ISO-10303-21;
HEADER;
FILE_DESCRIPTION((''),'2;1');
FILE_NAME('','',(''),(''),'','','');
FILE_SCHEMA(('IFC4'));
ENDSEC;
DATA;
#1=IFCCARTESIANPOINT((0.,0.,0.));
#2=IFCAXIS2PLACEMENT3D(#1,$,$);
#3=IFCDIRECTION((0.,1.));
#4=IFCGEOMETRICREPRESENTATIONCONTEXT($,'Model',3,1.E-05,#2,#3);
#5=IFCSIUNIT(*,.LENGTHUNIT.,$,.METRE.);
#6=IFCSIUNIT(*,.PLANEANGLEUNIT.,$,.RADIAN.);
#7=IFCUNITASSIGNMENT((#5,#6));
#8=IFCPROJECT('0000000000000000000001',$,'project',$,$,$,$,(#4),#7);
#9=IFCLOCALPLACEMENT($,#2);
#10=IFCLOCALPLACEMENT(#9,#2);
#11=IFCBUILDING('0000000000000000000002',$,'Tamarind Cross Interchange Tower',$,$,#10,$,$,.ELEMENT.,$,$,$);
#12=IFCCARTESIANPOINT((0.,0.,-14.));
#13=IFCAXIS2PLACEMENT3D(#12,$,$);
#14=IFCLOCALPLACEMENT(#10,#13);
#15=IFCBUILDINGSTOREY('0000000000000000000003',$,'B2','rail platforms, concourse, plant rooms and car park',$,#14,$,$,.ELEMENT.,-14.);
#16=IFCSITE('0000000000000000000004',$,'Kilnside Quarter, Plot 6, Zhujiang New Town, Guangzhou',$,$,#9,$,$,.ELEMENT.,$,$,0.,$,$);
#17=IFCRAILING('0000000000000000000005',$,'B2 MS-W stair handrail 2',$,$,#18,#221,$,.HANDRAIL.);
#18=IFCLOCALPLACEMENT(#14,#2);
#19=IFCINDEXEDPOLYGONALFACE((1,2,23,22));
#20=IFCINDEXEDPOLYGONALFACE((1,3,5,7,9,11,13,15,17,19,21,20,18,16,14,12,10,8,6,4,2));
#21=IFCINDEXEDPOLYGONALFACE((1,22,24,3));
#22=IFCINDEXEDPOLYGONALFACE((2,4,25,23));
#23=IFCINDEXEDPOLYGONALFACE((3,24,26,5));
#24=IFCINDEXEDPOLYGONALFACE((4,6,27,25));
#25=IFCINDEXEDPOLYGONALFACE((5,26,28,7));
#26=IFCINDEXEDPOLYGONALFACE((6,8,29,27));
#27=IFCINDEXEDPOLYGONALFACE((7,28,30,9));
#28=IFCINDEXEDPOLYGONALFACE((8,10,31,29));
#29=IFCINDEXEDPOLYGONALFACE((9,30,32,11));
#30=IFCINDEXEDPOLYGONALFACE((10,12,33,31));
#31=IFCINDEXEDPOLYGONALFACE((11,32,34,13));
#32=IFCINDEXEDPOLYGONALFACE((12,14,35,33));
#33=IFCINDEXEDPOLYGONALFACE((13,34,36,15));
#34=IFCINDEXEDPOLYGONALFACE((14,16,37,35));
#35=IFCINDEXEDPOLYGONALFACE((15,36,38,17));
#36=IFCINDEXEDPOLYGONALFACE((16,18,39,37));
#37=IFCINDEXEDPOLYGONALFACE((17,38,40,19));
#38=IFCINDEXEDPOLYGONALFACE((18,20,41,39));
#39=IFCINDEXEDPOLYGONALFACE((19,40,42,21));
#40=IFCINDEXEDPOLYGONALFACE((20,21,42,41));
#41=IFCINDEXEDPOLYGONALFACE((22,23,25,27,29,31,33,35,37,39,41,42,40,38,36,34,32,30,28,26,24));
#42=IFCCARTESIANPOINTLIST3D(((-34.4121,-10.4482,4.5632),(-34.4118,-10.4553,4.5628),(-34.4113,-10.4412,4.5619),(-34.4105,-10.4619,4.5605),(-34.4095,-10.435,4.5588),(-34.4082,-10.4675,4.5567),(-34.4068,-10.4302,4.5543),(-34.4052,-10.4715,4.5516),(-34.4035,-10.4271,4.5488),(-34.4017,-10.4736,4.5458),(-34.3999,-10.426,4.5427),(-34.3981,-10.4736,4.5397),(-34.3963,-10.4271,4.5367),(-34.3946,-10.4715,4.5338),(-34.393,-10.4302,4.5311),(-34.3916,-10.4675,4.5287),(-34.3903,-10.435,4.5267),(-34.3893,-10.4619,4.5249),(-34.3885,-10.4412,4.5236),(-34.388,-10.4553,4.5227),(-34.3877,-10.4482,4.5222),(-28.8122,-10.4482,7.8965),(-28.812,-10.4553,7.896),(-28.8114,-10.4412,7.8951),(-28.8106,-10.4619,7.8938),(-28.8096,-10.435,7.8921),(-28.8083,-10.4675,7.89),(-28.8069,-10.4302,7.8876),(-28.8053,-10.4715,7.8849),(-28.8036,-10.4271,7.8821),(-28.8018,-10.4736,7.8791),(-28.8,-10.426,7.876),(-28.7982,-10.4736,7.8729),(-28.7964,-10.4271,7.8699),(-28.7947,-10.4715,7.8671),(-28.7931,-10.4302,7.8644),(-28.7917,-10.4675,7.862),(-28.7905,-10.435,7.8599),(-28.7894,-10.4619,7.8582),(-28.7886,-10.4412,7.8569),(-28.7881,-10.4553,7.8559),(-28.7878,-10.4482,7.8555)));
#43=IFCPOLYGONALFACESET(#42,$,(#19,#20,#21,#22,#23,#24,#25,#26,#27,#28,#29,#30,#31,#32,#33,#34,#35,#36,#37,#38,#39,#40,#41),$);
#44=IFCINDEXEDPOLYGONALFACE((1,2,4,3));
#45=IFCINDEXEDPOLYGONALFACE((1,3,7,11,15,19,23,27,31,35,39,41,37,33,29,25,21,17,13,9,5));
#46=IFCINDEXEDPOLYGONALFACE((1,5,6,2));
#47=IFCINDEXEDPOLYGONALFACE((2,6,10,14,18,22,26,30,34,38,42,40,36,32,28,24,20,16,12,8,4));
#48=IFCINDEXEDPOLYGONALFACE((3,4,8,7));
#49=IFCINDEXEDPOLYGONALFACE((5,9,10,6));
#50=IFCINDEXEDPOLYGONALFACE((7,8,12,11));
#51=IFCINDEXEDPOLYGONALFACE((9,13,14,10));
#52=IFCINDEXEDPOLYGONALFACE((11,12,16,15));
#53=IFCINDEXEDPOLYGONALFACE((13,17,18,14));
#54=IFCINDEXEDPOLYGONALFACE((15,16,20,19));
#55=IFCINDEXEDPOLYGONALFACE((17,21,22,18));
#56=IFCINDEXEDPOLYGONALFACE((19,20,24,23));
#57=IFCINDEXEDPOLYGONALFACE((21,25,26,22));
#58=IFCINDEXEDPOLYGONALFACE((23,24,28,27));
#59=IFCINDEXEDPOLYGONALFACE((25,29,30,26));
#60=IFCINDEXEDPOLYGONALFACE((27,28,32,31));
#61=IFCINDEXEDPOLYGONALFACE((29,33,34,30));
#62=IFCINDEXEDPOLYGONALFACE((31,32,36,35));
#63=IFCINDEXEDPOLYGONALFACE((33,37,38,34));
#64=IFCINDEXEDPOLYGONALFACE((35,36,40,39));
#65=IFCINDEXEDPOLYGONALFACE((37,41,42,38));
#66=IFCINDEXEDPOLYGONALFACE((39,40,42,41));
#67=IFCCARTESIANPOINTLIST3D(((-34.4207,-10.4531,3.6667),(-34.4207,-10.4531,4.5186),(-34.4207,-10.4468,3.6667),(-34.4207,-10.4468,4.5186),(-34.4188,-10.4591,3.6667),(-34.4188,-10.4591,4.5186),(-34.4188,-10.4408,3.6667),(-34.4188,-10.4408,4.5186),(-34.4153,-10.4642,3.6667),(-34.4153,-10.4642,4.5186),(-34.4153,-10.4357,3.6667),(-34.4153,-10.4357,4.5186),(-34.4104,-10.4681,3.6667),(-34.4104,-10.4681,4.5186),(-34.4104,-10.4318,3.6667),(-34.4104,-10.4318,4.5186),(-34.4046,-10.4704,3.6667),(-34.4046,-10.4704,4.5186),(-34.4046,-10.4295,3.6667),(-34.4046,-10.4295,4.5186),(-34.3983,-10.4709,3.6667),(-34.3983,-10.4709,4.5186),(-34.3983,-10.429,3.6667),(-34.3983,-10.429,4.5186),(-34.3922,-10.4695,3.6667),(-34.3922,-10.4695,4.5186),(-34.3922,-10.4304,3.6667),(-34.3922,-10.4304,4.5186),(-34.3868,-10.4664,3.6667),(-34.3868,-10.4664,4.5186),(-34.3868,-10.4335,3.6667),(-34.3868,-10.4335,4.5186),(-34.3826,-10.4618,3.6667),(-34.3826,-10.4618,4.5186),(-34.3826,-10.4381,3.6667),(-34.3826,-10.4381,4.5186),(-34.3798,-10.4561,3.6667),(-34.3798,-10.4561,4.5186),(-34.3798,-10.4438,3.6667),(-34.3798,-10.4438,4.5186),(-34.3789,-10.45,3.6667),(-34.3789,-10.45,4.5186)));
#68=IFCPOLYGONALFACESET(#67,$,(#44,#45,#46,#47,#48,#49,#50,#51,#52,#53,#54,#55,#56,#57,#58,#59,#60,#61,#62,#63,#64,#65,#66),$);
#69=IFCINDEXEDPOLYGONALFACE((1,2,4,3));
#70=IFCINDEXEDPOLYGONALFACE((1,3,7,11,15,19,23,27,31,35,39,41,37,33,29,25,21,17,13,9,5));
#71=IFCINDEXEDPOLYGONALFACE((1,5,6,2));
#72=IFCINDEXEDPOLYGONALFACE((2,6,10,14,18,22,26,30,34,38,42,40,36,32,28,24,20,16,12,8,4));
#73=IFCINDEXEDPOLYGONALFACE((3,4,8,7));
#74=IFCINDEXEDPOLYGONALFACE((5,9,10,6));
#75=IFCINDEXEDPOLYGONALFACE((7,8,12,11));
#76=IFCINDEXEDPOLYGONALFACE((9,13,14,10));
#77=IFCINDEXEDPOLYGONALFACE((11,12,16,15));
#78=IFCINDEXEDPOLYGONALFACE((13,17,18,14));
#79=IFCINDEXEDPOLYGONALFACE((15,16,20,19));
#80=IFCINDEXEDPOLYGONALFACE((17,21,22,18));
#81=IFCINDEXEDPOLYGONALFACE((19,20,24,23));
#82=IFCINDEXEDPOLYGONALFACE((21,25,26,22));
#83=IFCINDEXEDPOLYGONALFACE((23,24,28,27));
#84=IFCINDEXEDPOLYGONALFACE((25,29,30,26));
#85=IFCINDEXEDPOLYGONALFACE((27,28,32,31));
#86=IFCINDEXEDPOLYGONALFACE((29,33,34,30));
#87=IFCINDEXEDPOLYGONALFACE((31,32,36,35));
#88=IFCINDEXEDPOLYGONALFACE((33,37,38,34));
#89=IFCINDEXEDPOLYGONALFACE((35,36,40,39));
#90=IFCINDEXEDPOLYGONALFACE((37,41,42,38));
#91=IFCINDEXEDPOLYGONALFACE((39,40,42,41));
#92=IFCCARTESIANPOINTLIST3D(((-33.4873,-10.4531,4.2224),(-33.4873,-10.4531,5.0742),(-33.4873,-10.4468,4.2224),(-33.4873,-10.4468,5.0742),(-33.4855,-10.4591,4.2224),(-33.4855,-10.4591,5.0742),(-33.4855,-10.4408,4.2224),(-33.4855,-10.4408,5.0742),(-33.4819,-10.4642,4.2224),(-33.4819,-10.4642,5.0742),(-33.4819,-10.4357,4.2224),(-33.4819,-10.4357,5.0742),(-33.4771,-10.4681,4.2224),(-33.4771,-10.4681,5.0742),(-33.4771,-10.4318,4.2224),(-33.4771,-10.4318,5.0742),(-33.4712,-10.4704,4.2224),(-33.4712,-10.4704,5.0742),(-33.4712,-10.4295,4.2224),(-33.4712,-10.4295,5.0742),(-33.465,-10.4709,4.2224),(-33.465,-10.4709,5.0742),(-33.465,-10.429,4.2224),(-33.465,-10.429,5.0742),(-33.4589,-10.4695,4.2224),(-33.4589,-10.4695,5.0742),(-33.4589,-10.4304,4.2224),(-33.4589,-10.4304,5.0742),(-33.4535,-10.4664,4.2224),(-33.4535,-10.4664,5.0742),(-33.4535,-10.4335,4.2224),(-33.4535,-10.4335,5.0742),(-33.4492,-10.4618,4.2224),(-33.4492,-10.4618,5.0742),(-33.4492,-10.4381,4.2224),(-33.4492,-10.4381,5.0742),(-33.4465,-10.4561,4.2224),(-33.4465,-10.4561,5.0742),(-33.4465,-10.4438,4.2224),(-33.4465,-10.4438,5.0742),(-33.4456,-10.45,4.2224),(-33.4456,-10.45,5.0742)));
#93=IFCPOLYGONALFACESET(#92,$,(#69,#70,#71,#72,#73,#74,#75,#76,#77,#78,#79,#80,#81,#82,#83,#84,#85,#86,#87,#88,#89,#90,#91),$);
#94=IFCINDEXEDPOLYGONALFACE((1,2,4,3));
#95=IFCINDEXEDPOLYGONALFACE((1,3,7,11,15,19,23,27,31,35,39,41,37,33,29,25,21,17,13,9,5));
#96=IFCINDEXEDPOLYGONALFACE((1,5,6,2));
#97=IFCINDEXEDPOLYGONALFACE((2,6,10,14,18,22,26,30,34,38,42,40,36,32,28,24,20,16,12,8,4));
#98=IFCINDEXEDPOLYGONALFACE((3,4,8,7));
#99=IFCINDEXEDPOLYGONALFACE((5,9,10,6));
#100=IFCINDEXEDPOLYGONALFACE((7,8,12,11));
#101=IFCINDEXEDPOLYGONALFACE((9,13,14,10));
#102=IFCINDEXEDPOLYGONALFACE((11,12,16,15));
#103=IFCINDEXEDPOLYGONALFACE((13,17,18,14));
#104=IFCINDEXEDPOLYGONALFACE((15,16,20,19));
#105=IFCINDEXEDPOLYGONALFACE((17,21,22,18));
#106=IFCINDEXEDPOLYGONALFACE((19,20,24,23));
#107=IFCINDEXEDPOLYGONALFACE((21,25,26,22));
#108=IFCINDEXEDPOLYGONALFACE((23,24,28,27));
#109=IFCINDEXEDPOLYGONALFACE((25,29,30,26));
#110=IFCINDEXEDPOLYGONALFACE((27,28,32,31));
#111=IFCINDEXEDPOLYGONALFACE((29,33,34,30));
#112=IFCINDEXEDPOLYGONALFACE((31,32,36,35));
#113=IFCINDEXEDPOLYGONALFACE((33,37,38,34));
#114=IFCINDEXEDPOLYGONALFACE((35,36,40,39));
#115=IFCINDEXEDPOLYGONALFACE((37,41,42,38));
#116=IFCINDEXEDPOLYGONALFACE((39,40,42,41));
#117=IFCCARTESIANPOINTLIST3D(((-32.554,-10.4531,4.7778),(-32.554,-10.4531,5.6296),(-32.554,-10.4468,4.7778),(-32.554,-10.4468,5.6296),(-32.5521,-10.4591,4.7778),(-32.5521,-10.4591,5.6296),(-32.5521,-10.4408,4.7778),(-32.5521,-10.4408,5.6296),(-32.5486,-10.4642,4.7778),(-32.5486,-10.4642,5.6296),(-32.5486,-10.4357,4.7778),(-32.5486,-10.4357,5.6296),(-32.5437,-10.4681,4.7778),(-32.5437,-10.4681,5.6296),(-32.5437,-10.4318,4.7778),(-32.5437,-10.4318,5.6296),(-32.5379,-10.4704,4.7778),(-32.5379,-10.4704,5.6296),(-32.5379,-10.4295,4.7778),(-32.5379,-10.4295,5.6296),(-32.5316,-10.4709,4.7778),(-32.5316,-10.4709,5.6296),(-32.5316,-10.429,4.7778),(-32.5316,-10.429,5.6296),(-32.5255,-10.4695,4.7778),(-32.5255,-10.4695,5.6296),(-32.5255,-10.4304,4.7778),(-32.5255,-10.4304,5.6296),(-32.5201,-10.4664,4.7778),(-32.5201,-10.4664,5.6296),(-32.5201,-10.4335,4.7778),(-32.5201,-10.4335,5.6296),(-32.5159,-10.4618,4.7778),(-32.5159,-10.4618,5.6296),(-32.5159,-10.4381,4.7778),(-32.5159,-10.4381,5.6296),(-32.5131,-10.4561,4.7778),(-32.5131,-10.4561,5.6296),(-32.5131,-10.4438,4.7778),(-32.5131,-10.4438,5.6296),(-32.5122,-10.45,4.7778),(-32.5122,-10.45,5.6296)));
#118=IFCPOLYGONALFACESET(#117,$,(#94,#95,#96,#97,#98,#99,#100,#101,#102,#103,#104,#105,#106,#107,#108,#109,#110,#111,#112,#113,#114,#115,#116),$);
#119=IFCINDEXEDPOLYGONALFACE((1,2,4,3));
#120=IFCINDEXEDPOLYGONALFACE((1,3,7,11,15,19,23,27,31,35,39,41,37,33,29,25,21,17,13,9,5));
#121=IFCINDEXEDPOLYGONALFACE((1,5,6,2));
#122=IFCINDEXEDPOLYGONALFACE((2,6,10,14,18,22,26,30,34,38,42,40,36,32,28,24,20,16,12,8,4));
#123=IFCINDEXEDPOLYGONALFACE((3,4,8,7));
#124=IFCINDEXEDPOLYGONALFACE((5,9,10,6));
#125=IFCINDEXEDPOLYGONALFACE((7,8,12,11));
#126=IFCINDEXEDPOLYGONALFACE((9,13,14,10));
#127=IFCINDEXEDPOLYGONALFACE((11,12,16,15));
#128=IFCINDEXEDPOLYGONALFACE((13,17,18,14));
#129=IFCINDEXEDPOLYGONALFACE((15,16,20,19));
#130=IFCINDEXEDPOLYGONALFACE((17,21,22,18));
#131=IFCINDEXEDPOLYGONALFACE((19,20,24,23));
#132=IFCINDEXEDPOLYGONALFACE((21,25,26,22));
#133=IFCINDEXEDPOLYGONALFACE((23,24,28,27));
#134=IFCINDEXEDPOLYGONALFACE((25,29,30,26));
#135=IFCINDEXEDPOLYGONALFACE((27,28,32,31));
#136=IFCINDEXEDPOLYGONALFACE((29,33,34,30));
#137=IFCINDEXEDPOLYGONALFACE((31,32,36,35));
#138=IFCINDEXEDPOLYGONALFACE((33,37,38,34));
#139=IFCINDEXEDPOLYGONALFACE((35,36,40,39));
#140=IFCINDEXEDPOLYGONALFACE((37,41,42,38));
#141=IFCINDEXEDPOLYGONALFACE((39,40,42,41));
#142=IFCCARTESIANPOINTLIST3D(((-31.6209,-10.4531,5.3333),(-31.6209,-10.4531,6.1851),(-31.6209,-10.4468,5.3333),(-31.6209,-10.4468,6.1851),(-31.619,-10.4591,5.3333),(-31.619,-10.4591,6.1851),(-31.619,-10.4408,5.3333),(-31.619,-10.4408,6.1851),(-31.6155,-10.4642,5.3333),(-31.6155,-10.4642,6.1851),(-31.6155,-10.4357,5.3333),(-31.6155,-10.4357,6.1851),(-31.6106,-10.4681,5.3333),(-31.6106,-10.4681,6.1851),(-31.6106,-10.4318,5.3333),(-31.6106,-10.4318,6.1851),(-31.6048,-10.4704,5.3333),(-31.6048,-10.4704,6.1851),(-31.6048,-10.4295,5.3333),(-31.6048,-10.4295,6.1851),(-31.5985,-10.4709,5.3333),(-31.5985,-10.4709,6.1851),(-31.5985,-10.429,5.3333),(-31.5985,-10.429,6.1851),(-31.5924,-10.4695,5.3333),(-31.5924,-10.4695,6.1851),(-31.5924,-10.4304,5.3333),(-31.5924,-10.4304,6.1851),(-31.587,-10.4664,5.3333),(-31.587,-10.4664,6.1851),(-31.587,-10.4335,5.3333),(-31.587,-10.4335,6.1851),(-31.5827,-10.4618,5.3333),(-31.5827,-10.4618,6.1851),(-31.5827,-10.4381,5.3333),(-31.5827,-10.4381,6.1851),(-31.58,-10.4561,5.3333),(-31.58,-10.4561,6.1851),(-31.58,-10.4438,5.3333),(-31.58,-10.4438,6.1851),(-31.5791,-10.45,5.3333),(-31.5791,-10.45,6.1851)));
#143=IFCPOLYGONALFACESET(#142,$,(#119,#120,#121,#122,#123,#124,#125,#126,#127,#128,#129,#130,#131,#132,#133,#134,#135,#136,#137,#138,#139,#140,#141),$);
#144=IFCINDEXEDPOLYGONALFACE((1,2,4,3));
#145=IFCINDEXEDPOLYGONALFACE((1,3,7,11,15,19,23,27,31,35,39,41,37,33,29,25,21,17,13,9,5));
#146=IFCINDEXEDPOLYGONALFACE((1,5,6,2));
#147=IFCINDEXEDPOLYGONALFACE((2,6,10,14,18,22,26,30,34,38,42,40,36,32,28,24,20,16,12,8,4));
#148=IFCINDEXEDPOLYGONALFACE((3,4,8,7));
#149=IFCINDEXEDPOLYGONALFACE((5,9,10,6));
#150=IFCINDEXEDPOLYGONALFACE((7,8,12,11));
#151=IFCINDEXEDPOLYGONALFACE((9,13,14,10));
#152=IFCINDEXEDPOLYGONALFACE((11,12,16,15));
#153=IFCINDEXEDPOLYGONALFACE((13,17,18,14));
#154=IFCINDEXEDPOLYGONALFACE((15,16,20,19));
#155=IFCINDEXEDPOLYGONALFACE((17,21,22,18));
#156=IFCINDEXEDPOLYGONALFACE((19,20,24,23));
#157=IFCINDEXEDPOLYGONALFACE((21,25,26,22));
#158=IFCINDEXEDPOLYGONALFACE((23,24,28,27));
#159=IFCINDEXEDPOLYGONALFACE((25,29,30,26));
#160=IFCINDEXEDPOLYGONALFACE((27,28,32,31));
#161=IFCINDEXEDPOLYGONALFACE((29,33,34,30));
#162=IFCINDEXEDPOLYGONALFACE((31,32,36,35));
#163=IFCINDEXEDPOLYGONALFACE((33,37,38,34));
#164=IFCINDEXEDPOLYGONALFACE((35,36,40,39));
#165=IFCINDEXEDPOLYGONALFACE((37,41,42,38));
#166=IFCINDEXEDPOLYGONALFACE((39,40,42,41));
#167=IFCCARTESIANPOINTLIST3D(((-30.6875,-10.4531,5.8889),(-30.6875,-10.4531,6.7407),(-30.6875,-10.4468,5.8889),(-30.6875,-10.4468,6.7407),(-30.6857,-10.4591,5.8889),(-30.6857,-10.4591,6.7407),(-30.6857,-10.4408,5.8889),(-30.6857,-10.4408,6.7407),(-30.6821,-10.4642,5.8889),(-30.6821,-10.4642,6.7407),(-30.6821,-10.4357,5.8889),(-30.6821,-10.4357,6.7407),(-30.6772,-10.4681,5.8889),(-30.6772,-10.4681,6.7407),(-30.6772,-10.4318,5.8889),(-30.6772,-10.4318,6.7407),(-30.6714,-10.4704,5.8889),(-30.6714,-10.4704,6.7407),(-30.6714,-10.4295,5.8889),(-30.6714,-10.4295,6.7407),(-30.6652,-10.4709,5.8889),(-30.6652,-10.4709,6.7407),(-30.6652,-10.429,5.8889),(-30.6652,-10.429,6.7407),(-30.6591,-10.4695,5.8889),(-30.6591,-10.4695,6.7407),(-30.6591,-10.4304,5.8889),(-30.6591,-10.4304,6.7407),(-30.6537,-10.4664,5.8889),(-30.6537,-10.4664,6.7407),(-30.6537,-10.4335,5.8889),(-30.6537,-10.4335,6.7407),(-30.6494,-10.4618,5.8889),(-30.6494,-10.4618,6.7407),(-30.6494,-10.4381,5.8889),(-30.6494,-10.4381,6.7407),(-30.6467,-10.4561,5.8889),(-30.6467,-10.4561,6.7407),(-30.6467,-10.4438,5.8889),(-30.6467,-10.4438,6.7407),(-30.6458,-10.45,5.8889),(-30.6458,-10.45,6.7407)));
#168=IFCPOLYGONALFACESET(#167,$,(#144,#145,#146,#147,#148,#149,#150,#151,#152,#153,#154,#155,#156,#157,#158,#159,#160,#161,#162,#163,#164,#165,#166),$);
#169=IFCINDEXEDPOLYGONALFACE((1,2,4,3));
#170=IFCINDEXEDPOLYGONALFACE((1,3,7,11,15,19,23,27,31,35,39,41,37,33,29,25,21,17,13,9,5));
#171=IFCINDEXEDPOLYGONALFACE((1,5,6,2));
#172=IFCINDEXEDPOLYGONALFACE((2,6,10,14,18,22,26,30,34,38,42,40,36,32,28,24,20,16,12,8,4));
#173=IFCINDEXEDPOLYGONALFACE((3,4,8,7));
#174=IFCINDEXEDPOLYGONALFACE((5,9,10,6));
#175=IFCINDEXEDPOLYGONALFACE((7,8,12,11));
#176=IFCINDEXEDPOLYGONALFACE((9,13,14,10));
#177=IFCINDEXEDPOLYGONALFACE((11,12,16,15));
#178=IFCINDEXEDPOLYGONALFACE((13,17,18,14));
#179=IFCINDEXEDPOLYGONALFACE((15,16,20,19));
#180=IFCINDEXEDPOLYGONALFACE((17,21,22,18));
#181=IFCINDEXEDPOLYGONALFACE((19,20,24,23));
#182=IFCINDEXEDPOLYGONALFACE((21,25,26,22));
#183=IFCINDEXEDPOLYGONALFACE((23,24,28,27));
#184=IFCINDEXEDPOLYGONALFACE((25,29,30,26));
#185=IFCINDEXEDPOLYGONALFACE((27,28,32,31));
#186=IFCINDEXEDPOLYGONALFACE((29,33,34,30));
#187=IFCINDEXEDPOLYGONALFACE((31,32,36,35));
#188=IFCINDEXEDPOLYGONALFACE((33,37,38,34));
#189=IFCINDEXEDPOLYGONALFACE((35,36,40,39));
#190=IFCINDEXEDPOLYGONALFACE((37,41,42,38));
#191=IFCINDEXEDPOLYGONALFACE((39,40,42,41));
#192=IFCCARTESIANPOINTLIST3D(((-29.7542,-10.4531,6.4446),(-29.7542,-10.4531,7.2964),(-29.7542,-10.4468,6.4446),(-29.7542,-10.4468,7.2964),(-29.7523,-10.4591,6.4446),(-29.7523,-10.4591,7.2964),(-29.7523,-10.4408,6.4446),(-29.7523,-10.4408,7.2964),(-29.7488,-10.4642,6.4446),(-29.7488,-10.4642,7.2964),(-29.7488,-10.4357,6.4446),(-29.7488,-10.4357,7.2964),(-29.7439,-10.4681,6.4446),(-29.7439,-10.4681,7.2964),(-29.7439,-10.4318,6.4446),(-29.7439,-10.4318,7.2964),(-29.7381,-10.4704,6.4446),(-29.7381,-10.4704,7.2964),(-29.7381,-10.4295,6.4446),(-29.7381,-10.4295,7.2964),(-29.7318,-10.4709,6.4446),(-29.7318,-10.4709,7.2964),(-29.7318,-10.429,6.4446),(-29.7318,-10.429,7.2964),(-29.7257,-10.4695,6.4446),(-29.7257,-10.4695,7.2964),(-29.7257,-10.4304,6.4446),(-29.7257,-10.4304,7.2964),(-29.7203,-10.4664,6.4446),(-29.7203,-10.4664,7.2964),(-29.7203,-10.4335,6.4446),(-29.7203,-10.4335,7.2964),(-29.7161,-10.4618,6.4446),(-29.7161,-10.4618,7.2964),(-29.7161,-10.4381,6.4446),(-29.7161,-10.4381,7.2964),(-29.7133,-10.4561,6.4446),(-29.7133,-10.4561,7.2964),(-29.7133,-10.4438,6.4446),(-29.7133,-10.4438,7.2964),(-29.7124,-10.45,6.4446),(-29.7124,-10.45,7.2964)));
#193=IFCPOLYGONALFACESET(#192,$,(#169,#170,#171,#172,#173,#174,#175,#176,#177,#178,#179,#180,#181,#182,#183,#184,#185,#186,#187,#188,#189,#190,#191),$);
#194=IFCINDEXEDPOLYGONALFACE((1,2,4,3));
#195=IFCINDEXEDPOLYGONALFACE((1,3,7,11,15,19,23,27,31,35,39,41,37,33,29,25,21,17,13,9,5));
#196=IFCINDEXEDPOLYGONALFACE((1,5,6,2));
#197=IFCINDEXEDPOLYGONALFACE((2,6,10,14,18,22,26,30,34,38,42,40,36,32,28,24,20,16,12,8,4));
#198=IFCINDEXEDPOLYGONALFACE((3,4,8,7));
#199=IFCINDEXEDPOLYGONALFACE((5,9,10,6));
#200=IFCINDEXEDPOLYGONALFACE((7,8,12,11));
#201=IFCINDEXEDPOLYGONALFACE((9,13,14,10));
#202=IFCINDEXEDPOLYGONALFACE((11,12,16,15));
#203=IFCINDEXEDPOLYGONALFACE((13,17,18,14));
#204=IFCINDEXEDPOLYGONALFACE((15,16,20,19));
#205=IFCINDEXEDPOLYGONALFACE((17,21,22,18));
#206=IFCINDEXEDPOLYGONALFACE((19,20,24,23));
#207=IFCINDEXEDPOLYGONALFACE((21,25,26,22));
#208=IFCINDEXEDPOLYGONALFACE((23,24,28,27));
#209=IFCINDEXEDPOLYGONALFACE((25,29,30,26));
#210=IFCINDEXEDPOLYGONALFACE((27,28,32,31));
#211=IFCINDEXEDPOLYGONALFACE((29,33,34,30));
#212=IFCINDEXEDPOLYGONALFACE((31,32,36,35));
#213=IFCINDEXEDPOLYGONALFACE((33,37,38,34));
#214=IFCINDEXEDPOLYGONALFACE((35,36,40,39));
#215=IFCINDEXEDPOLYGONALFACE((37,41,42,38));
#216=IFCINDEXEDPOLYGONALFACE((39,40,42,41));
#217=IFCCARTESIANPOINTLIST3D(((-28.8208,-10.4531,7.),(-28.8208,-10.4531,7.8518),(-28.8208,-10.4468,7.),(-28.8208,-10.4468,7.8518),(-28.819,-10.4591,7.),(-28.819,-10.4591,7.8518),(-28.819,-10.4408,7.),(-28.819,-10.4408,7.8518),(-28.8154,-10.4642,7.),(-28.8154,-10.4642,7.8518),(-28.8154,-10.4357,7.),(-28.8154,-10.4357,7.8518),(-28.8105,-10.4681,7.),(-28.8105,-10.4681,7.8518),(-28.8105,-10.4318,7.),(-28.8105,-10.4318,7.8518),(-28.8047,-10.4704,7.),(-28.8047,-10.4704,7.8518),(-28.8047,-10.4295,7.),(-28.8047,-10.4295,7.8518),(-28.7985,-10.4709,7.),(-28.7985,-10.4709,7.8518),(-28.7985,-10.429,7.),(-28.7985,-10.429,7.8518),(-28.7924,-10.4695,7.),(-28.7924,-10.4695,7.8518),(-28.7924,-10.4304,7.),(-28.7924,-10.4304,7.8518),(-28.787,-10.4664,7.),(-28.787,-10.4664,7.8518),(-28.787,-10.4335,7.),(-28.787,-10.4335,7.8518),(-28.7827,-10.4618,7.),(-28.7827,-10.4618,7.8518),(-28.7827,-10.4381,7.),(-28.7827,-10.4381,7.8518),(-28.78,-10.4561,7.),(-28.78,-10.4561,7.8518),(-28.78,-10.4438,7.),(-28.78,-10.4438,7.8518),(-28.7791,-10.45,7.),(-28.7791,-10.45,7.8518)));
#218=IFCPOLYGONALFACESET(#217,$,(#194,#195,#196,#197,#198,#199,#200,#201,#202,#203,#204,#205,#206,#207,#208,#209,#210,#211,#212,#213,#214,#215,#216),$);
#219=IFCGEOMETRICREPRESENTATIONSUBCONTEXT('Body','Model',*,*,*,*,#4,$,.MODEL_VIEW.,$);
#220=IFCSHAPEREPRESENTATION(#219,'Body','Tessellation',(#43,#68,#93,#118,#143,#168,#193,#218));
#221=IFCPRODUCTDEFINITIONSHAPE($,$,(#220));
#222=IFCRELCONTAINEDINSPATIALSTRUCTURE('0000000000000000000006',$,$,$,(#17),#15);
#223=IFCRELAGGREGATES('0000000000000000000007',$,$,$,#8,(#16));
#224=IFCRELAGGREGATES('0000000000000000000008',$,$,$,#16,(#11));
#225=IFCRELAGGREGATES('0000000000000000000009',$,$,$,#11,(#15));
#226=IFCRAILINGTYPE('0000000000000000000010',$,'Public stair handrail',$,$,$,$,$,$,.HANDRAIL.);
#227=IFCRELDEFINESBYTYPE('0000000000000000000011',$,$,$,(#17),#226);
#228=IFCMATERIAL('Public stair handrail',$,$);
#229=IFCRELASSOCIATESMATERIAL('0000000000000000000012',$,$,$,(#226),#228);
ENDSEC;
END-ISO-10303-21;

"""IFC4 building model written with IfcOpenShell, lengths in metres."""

from ifc_helpers import new_model, si_unit, direction, frame, origin, origin_2d, place, context, subcontext, project, spatial, circle, extrude, material, type_object, element, save


model = new_model("IFC4")

# Units and contexts
model_context = context("Model", 3, precision=1e-05, world=origin(), true_north=direction((0.0, 1.0)))
body_context = subcontext(model_context, "Body", "Model", "MODEL_VIEW")
ifc_project = project(units=[si_unit("LENGTHUNIT", "METRE"), si_unit("PLANEANGLEUNIT", "RADIAN")], contexts=[model_context])

# Site, building, storey
site_placement = place(None, origin())
site = spatial("IfcSite", under=ifc_project, at=site_placement, Name="Kilnside Quarter, Plot 6, Zhujiang New Town, Guangzhou", CompositionType="ELEMENT", RefElevation=0.0)
building_placement = place(site_placement, origin())
building = spatial("IfcBuilding", under=site, at=building_placement, Name="Tamarind Cross Interchange Tower", CompositionType="ELEMENT")
storey_placement = place(building_placement, frame((0.0, 0.0, -14.0)))
storey = spatial("IfcBuildingStorey", under=building, at=storey_placement, Name="B2", Description="rail platforms, concourse, plant rooms and car park", CompositionType="ELEMENT", Elevation=-14.0)

# Railing
ifc_material_1 = material(Name="Public stair handrail")
railing_type_1 = type_object("IfcRailingType", Name="Public stair handrail", PredefinedType="HANDRAIL", material=ifc_material_1)
railing_1_placement = place(storey_placement, frame((-34.3999, -10.45, 3.6667)))
element("IfcRailing", 1, at=railing_1_placement, inside=storey, type_object=railing_type_1, Name="B2 MS-W stair handrail 2", PredefinedType="HANDRAIL", context=body_context, shape_type="SweptSolid", body=[
    extrude(circle(Radius=0.0239, at=origin_2d()), frame((0.0, 0.0, 0.876), z_axis=(0.859292, 0.0, 0.511485), x_axis=(0.0, 1.0, 0.0)), (0.0, 0.0, 1.0), 6.5168),
    extrude(circle(Radius=0.021, at=origin_2d()), origin(), (0.0, 0.0, 1.0), 0.8518),
    extrude(circle(Radius=0.021, at=origin_2d()), frame((0.9333, 0.0, 0.5557)), (0.0, 0.0, 1.0), 0.8518),
    extrude(circle(Radius=0.021, at=origin_2d()), frame((1.8667, 0.0, 1.1111)), (0.0, 0.0, 1.0), 0.8518),
    extrude(circle(Radius=0.021, at=origin_2d()), frame((2.7998, 0.0, 1.6665)), (0.0, 0.0, 1.0), 0.8518),
    extrude(circle(Radius=0.021, at=origin_2d()), frame((3.7332, 0.0, 2.2222)), (0.0, 0.0, 1.0), 0.8518),
    extrude(circle(Radius=0.021, at=origin_2d()), frame((4.6665, 0.0, 2.7778)), (0.0, 0.0, 1.0), 0.8518),
    extrude(circle(Radius=0.021, at=origin_2d()), frame((5.5999, 0.0, 3.3333)), (0.0, 0.0, 1.0), 0.8518),
])

save(model, "model.ifc")
